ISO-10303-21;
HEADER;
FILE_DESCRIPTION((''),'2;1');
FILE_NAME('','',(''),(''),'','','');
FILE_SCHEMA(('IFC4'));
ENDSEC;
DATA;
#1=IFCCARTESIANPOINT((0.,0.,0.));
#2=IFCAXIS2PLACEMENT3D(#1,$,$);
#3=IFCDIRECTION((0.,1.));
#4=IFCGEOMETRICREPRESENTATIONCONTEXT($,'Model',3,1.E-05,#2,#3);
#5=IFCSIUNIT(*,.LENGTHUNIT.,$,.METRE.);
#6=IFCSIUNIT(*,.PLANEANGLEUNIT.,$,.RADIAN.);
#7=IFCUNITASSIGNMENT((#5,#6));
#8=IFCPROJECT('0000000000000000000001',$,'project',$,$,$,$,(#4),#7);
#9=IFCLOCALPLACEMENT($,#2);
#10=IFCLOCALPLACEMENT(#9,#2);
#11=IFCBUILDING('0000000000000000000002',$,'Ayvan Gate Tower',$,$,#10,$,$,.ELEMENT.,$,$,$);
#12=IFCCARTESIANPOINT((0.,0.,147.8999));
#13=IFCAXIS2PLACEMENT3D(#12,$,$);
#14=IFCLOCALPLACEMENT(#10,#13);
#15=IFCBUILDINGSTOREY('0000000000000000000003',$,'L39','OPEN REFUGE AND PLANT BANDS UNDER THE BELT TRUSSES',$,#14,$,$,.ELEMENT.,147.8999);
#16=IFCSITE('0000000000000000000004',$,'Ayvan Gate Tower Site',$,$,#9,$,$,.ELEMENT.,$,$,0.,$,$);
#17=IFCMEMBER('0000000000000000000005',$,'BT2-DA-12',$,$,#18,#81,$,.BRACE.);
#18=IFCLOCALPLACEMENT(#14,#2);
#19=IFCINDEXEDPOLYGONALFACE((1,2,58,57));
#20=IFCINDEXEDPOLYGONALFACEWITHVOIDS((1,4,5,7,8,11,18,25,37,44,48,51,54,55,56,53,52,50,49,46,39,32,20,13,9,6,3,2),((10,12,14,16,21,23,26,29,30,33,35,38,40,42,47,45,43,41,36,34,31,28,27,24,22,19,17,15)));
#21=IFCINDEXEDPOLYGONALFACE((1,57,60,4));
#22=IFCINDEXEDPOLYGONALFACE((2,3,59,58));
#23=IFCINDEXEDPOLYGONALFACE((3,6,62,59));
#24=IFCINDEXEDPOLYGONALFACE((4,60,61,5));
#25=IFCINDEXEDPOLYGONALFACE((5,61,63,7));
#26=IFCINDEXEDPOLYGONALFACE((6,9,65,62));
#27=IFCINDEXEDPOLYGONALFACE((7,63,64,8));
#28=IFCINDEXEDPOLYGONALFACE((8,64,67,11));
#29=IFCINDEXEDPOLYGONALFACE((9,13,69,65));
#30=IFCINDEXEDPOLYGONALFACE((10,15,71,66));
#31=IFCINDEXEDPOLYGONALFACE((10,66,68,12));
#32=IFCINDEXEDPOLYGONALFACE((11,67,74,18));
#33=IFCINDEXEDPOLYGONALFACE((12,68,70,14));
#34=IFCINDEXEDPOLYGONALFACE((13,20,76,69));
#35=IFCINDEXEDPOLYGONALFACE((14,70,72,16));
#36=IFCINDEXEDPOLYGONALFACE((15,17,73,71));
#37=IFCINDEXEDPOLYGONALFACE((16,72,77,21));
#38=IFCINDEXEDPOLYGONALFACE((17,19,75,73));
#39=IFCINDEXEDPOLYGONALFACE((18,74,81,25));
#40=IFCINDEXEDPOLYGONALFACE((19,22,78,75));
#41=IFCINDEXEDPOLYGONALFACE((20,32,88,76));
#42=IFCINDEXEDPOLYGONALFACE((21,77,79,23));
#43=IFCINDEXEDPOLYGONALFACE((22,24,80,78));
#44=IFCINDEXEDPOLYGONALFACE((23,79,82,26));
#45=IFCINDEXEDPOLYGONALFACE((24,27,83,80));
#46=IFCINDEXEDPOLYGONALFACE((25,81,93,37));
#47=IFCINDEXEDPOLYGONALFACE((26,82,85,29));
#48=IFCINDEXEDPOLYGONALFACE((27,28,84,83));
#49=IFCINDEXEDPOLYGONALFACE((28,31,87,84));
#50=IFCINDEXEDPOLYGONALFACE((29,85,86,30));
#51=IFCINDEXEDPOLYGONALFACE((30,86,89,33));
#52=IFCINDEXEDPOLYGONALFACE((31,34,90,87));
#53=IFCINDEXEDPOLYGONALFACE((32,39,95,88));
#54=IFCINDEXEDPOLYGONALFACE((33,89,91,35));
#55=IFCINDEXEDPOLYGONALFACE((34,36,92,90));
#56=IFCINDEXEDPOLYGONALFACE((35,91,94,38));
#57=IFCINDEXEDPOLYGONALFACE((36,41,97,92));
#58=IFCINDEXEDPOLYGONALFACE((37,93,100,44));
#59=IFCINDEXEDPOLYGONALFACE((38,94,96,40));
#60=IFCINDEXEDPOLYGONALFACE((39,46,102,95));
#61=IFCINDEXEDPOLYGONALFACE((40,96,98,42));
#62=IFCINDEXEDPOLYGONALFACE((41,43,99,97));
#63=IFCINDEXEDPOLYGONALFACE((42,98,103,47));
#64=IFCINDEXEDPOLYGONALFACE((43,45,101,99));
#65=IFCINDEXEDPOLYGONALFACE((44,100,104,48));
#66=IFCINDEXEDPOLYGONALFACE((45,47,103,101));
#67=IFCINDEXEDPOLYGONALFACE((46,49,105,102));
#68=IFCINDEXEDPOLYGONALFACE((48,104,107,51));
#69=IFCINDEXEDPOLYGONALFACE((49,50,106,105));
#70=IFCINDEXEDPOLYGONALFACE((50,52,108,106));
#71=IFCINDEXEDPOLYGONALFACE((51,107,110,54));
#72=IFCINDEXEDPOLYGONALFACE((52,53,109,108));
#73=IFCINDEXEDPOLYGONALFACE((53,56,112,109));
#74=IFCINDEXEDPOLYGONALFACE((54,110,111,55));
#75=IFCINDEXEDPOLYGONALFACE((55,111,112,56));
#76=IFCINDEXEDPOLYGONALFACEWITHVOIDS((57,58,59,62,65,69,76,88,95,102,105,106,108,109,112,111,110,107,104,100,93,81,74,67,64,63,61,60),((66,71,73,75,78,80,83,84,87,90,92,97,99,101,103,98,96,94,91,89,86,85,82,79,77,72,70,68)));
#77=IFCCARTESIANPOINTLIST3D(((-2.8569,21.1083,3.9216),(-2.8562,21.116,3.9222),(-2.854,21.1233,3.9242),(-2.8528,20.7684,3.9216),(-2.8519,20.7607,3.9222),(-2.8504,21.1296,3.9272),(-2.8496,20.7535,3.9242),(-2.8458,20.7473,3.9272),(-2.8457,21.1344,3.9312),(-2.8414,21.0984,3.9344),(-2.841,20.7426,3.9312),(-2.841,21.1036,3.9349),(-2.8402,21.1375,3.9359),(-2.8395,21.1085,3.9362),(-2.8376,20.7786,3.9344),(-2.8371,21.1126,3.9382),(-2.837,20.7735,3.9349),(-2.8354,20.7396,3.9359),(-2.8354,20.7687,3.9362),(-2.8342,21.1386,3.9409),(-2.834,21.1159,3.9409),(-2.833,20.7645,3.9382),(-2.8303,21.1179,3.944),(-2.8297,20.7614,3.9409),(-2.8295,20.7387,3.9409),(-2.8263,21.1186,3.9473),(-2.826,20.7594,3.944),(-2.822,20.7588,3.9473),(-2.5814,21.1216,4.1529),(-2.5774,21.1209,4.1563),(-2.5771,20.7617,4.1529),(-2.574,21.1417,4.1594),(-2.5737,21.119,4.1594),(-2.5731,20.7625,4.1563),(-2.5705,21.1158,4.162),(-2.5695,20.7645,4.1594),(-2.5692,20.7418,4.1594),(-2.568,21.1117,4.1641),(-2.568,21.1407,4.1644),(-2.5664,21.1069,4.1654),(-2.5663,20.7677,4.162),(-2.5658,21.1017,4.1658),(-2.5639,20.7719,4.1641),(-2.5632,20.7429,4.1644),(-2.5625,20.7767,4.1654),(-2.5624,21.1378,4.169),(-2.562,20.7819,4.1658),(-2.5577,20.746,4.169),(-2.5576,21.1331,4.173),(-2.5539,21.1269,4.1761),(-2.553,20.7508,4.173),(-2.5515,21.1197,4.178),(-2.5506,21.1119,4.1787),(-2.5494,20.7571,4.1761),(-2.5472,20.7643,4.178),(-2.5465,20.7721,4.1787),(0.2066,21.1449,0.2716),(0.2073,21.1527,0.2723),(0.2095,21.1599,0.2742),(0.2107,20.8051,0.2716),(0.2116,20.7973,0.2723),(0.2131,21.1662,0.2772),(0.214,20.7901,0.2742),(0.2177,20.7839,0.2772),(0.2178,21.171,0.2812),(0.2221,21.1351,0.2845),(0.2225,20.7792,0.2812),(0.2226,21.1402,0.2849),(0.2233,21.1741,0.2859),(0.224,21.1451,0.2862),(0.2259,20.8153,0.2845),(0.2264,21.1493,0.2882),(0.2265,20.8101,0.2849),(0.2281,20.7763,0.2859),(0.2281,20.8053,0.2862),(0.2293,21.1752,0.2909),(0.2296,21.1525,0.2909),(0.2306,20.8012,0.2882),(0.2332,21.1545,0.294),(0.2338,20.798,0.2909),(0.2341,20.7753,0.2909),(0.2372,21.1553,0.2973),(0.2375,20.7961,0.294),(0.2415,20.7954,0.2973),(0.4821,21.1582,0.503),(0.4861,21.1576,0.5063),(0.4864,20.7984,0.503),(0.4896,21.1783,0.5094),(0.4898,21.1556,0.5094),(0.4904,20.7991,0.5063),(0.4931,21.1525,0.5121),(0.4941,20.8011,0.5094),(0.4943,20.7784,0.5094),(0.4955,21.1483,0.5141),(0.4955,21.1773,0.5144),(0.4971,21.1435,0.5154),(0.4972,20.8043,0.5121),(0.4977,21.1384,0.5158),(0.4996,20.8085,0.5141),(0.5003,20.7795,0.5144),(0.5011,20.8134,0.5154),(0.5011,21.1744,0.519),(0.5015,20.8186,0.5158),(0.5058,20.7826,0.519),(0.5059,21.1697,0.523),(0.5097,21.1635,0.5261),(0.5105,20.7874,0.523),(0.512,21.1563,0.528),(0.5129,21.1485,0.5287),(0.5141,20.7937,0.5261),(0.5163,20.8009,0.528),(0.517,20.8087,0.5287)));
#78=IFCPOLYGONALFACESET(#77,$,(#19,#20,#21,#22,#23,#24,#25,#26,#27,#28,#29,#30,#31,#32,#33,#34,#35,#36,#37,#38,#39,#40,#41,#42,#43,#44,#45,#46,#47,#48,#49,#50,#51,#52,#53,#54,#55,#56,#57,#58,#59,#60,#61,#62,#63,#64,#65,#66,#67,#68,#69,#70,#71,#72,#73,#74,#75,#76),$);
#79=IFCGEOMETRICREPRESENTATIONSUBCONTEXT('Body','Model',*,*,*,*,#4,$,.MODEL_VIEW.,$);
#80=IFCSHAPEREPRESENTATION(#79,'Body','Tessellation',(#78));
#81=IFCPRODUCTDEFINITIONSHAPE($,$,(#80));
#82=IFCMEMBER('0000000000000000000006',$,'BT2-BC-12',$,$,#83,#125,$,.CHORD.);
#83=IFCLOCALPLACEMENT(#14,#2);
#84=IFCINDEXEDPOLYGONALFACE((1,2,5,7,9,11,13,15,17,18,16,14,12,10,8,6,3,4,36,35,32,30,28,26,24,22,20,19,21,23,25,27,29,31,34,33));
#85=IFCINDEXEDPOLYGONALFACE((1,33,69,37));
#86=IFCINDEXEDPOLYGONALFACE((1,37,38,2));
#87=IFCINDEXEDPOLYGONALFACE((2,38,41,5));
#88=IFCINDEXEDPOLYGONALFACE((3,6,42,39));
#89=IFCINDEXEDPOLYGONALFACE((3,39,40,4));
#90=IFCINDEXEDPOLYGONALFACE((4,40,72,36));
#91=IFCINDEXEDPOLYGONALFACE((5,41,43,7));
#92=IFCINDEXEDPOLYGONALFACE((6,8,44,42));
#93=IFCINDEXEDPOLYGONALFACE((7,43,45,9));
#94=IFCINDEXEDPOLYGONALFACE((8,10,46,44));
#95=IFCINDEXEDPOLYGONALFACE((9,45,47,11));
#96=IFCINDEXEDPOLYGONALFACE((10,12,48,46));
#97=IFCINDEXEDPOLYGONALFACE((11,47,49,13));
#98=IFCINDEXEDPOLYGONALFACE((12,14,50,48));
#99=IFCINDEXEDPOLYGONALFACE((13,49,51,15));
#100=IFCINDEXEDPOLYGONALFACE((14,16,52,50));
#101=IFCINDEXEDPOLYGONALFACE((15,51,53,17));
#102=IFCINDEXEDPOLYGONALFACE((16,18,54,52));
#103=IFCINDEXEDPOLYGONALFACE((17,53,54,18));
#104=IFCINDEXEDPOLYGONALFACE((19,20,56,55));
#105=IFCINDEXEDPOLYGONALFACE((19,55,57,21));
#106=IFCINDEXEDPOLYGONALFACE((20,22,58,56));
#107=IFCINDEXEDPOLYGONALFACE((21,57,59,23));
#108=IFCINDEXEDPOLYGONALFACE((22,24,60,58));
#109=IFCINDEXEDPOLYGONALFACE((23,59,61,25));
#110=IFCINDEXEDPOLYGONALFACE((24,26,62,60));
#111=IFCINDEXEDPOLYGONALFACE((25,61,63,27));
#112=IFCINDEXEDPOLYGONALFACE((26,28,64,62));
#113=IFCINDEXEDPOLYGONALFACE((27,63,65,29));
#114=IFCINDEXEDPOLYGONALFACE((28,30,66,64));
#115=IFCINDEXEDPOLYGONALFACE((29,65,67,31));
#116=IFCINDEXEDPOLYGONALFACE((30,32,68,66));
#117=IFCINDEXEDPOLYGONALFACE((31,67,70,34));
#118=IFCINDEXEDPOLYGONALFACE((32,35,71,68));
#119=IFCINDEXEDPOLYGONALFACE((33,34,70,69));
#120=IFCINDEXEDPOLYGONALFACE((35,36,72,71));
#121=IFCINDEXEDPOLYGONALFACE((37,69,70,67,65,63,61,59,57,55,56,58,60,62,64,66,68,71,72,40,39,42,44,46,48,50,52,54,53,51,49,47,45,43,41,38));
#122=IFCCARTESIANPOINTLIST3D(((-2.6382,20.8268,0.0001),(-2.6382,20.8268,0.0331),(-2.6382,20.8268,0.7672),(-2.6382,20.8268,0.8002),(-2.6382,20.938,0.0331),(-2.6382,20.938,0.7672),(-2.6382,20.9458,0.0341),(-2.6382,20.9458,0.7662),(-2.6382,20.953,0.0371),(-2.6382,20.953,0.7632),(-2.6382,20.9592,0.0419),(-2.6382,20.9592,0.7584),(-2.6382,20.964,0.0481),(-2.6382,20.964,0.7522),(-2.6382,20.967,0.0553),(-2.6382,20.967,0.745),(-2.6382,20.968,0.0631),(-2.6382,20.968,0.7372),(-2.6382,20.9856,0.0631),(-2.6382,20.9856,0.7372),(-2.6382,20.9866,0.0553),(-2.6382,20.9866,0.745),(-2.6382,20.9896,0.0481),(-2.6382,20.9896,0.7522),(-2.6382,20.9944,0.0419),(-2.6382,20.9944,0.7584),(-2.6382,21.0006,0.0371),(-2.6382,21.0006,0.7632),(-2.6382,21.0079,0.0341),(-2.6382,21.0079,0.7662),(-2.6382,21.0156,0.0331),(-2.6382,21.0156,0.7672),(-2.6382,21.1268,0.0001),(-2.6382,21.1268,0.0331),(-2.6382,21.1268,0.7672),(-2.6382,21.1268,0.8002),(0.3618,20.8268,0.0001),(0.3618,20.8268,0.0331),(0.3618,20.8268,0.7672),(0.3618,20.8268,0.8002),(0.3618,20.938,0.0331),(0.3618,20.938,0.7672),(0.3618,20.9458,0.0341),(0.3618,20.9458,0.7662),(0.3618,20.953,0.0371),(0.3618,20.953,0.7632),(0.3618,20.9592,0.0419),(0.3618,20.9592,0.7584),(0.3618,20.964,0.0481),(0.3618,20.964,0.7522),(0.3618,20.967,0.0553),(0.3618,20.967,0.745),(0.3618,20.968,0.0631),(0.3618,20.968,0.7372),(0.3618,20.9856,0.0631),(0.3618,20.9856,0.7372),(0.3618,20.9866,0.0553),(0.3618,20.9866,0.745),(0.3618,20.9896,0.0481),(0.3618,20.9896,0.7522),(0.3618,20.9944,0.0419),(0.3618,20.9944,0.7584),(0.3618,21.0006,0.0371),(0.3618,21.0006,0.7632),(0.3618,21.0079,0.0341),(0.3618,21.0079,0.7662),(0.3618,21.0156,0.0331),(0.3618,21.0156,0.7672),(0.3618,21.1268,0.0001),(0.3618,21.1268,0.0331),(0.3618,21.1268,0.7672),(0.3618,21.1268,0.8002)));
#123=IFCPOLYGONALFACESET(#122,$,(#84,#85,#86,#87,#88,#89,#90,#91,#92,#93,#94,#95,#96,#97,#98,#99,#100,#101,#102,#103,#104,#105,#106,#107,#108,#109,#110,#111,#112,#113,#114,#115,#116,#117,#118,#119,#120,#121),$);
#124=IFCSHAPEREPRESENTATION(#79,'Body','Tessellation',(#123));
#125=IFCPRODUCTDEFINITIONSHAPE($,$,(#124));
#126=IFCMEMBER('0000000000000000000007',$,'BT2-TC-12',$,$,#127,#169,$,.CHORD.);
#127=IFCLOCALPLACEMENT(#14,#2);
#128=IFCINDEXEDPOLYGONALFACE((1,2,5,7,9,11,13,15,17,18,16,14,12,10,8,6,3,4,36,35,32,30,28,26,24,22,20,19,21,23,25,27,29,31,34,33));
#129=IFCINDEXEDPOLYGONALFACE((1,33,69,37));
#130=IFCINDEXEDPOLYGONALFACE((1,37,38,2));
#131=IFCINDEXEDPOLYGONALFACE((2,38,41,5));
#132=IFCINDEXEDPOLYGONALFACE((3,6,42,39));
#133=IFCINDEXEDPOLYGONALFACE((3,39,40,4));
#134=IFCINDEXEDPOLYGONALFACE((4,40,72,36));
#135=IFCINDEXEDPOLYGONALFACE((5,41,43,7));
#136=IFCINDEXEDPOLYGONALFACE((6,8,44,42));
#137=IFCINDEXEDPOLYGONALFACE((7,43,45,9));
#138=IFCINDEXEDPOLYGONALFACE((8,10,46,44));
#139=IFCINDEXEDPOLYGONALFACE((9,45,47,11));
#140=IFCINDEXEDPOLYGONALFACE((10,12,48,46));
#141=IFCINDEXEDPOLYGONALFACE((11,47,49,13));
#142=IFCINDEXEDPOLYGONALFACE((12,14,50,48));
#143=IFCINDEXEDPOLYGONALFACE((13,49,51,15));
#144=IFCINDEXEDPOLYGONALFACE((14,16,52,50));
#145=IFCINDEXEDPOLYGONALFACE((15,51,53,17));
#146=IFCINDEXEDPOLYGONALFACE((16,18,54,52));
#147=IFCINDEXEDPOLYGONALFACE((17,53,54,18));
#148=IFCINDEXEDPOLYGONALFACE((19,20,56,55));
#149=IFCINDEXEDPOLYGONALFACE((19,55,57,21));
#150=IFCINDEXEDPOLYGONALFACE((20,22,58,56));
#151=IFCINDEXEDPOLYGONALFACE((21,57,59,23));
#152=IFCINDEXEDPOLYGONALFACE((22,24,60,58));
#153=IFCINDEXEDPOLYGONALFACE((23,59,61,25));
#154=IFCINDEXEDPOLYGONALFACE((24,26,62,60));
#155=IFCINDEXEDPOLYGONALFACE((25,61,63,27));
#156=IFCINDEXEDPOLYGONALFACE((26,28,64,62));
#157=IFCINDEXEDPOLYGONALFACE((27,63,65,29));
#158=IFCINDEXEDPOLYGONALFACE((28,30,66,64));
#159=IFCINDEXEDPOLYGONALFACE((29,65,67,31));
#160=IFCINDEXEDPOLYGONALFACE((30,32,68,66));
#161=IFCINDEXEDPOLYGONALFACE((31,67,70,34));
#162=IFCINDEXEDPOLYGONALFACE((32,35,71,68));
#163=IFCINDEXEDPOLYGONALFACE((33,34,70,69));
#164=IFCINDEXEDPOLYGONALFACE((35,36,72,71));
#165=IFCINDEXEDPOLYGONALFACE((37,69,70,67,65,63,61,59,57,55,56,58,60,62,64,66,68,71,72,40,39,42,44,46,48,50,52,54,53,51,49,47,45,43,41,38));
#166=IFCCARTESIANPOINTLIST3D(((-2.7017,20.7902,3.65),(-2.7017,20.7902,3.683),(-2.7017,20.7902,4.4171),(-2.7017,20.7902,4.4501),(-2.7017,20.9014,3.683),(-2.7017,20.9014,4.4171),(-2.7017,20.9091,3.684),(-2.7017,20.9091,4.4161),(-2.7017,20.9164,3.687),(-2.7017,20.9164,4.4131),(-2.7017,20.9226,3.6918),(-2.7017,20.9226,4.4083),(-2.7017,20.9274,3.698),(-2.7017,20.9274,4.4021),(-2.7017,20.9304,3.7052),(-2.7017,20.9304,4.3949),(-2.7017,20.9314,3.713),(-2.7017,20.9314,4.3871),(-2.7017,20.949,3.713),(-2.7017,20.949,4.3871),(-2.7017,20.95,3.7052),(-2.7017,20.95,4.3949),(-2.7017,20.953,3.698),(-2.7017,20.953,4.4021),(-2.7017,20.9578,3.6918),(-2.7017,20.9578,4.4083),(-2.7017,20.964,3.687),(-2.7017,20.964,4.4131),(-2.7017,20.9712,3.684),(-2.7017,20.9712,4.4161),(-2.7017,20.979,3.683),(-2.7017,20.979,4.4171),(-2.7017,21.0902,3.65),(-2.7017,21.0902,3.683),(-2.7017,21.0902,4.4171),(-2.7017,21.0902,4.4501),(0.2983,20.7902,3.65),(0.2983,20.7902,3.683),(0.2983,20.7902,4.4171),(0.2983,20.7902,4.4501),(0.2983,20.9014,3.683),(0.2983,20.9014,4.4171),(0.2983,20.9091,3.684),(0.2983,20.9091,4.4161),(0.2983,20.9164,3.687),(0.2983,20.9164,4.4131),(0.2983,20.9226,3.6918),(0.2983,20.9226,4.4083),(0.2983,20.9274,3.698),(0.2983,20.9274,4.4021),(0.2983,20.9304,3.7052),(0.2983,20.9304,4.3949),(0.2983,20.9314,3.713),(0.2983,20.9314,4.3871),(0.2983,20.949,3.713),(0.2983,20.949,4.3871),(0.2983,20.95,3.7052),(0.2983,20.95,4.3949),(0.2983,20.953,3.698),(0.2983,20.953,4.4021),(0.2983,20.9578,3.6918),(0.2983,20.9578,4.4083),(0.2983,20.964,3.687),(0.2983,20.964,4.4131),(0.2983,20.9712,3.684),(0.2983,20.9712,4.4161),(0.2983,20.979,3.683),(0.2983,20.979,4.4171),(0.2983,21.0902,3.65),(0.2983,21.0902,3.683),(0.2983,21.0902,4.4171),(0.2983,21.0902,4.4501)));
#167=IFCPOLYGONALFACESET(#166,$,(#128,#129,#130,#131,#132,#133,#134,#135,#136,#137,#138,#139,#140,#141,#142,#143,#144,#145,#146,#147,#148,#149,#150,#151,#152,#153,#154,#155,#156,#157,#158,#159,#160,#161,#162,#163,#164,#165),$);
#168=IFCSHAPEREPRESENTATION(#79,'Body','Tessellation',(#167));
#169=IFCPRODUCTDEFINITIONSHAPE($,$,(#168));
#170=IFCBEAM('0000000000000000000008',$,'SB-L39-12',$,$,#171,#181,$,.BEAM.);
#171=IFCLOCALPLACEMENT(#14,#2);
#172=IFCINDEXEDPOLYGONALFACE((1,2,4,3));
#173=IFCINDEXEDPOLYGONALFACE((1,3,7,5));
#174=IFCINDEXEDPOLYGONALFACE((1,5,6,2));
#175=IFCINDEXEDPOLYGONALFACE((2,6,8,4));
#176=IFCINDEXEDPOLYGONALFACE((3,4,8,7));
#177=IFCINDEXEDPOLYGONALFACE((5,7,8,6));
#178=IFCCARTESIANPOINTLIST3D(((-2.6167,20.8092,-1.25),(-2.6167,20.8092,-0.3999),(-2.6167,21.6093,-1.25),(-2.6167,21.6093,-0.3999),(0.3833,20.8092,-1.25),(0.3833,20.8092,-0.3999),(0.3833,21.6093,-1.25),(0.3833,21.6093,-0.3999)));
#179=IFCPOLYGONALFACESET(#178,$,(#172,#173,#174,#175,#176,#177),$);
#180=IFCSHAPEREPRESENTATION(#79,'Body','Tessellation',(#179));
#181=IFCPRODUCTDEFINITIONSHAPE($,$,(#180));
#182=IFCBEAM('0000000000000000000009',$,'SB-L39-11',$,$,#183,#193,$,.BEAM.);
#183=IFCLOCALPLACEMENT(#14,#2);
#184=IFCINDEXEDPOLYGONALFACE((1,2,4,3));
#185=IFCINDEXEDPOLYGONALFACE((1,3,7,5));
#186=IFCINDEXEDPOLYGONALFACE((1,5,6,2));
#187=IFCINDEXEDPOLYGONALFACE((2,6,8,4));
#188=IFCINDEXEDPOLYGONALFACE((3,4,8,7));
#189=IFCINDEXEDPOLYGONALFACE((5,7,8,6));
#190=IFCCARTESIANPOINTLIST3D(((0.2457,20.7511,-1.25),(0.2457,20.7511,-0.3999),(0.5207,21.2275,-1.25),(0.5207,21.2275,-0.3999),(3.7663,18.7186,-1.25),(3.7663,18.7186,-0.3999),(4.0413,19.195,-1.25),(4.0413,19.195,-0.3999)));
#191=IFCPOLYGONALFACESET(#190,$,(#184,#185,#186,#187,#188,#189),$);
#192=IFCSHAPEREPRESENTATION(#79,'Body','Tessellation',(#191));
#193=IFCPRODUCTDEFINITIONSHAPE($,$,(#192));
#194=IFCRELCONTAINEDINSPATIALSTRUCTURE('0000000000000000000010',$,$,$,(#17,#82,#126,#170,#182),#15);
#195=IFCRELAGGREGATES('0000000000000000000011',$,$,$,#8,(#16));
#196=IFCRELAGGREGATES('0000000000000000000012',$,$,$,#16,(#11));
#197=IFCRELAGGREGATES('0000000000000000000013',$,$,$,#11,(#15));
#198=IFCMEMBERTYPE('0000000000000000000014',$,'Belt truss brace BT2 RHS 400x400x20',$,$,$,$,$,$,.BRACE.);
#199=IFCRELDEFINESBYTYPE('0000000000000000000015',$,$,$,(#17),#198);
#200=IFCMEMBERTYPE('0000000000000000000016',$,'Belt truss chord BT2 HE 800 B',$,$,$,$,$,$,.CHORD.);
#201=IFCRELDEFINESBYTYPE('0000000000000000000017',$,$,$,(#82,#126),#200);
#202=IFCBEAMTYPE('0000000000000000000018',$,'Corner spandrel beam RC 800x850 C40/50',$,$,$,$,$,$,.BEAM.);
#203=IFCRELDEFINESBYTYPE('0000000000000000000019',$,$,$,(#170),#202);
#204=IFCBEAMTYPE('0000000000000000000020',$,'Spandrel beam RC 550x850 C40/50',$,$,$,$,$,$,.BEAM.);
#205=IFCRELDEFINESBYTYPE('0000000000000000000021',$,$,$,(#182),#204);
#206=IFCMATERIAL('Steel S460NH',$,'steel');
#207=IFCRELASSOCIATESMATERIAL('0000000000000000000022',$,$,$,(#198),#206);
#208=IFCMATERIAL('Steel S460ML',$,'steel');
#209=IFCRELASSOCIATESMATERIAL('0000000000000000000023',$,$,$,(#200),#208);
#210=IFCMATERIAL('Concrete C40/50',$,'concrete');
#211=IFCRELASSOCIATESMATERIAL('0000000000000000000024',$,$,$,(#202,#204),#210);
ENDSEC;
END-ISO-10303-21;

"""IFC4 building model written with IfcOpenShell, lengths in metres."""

from ifc_helpers import new_model, si_unit, direction, frame, origin, origin_2d, place, context, subcontext, project, spatial, rectangle, hollow_rectangle, i_section, extrude, material, material_profile, profile_set, type_object, element, save


model = new_model("IFC4")

# Units and contexts
model_context = context("Model", 3, precision=1e-05, world=origin(), true_north=direction((0.0, 1.0)))
body_context = subcontext(model_context, "Body", "Model", "MODEL_VIEW")
ifc_project = project(units=[si_unit("LENGTHUNIT", "METRE"), si_unit("PLANEANGLEUNIT", "RADIAN")], contexts=[model_context])

# Site, building, storey
site_placement = place(None, origin())
site = spatial("IfcSite", under=ifc_project, at=site_placement, Name="Ayvan Gate Tower Site", CompositionType="ELEMENT", RefElevation=0.0)
building_placement = place(site_placement, origin())
building = spatial("IfcBuilding", under=site, at=building_placement, Name="Ayvan Gate Tower", CompositionType="ELEMENT")
storey_placement = place(building_placement, frame((0.0, 0.0, 147.8999)))
storey = spatial("IfcBuildingStorey", under=building, at=storey_placement, Name="L39", Description="OPEN REFUGE AND PLANT BANDS UNDER THE BELT TRUSSES", CompositionType="ELEMENT", Elevation=147.8999)

# Members
ifc_material_1 = material(Name="Steel S460NH", Category="steel")
ifc_material_profile_1 = material_profile(ifc_material_1, hollow_rectangle(XDim=0.3999, YDim=0.3999, WallThickness=0.02, InnerFilletRadius=0.02, OuterFilletRadius=0.03, at=origin_2d()), Name="RHS 400x400x20")
ifc_profile_set_1 = profile_set([ifc_material_profile_1], Name="Steel S460NH")
member_type_1 = type_object("IfcMemberType", Name="Belt truss brace BT2 RHS 400x400x20", PredefinedType="BRACE", material=ifc_profile_set_1)
member_1_placement = place(storey_placement, frame((0.3618, 20.9768, 0.4001), z_axis=(-0.642873, -0.007685, 0.765935), x_axis=(0.011953, -0.999929, 0.0)))
element("IfcMember", 1, at=member_1_placement, inside=storey, type_object=member_type_1, Name="BT2-DA-12", PredefinedType="BRACE", context=body_context, shape_type="SweptSolid", body=[
    extrude(hollow_rectangle(XDim=0.3999, YDim=0.3999, WallThickness=0.02, InnerFilletRadius=0.02, OuterFilletRadius=0.03, at=origin_2d()), origin(), (0.0, 0.0, 1.0), 4.7654),
])
ifc_material_2 = material(Name="Steel S460ML", Category="steel")
ifc_material_profile_2 = material_profile(ifc_material_2, i_section(OverallWidth=0.3, OverallDepth=0.8, WebThickness=0.0176, FlangeThickness=0.033, FilletRadius=0.03, at=origin_2d()), Name="HE 800 B")
ifc_profile_set_2 = profile_set([ifc_material_profile_2], Name="Steel S460ML")
member_type_2 = type_object("IfcMemberType", Name="Belt truss chord BT2 HE 800 B", PredefinedType="CHORD", material=ifc_profile_set_2)
for number, where, z_axis, x_axis, name in (
    (2, (0.3618, 20.9768, 0.4001), (-1.0, 0.0, 0.0), (0.0, -1.0, 0.0), "BT2-BC-12"),
    (3, (0.2983, 20.9402, 4.05), (-1.0, 0.0, 0.0), (0.0, -1.0, 0.0), "BT2-TC-12"),
):
    element("IfcMember", number, at=place(storey_placement, frame(where, z_axis=z_axis, x_axis=x_axis)), inside=storey, type_object=member_type_2, Name=name, PredefinedType="CHORD", context=body_context, shape_type="SweptSolid", body=[
        extrude(i_section(OverallWidth=0.3, OverallDepth=0.8, WebThickness=0.0176, FlangeThickness=0.033, FilletRadius=0.03, at=origin_2d()), origin(), (0.0, 0.0, 1.0), 3.0),
    ])

# Beams
ifc_material_3 = material(Name="Concrete C40/50", Category="concrete")
ifc_material_profile_3 = material_profile(ifc_material_3, rectangle(XDim=0.8, YDim=0.8501, at=origin_2d()), Name="RC 800x850")
ifc_profile_set_3 = profile_set([ifc_material_profile_3], Name="Concrete C40/50")
beam_type_1 = type_object("IfcBeamType", Name="Corner spandrel beam RC 800x850 C40/50", PredefinedType="BEAM", material=ifc_profile_set_3)
beam_1_placement = place(storey_placement, frame((0.3833, 21.2092, -0.825), z_axis=(-1.0, 0.0, 0.0), x_axis=(0.0, -1.0, 0.0)))
element("IfcBeam", 4, at=beam_1_placement, inside=storey, type_object=beam_type_1, Name="SB-L39-12", PredefinedType="BEAM", context=body_context, shape_type="SweptSolid", body=[
    extrude(rectangle(XDim=0.8, YDim=0.8501, at=origin_2d()), origin(), (0.0, 0.0, 1.0), 3.0),
])
ifc_material_profile_4 = material_profile(ifc_material_3, rectangle(XDim=0.55, YDim=0.8501, at=origin_2d()), Name="RC 550x850")
ifc_profile_set_4 = profile_set([ifc_material_profile_4], Name="Concrete C40/50")
beam_type_2 = type_object("IfcBeamType", Name="Spandrel beam RC 550x850 C40/50", PredefinedType="BEAM", material=ifc_profile_set_4)
beam_2_placement = place(storey_placement, frame((3.9038, 18.9568, -0.825), z_axis=(-0.866036, 0.499982, 0.0), x_axis=(-0.499982, -0.866036, 0.0)))
element("IfcBeam", 5, at=beam_2_placement, inside=storey, type_object=beam_type_2, Name="SB-L39-11", PredefinedType="BEAM", context=body_context, shape_type="SweptSolid", body=[
    extrude(rectangle(XDim=0.55, YDim=0.8501, at=origin_2d()), origin(), (0.0, 0.0, 1.0), 4.0652),
])

save(model, "model.ifc")
